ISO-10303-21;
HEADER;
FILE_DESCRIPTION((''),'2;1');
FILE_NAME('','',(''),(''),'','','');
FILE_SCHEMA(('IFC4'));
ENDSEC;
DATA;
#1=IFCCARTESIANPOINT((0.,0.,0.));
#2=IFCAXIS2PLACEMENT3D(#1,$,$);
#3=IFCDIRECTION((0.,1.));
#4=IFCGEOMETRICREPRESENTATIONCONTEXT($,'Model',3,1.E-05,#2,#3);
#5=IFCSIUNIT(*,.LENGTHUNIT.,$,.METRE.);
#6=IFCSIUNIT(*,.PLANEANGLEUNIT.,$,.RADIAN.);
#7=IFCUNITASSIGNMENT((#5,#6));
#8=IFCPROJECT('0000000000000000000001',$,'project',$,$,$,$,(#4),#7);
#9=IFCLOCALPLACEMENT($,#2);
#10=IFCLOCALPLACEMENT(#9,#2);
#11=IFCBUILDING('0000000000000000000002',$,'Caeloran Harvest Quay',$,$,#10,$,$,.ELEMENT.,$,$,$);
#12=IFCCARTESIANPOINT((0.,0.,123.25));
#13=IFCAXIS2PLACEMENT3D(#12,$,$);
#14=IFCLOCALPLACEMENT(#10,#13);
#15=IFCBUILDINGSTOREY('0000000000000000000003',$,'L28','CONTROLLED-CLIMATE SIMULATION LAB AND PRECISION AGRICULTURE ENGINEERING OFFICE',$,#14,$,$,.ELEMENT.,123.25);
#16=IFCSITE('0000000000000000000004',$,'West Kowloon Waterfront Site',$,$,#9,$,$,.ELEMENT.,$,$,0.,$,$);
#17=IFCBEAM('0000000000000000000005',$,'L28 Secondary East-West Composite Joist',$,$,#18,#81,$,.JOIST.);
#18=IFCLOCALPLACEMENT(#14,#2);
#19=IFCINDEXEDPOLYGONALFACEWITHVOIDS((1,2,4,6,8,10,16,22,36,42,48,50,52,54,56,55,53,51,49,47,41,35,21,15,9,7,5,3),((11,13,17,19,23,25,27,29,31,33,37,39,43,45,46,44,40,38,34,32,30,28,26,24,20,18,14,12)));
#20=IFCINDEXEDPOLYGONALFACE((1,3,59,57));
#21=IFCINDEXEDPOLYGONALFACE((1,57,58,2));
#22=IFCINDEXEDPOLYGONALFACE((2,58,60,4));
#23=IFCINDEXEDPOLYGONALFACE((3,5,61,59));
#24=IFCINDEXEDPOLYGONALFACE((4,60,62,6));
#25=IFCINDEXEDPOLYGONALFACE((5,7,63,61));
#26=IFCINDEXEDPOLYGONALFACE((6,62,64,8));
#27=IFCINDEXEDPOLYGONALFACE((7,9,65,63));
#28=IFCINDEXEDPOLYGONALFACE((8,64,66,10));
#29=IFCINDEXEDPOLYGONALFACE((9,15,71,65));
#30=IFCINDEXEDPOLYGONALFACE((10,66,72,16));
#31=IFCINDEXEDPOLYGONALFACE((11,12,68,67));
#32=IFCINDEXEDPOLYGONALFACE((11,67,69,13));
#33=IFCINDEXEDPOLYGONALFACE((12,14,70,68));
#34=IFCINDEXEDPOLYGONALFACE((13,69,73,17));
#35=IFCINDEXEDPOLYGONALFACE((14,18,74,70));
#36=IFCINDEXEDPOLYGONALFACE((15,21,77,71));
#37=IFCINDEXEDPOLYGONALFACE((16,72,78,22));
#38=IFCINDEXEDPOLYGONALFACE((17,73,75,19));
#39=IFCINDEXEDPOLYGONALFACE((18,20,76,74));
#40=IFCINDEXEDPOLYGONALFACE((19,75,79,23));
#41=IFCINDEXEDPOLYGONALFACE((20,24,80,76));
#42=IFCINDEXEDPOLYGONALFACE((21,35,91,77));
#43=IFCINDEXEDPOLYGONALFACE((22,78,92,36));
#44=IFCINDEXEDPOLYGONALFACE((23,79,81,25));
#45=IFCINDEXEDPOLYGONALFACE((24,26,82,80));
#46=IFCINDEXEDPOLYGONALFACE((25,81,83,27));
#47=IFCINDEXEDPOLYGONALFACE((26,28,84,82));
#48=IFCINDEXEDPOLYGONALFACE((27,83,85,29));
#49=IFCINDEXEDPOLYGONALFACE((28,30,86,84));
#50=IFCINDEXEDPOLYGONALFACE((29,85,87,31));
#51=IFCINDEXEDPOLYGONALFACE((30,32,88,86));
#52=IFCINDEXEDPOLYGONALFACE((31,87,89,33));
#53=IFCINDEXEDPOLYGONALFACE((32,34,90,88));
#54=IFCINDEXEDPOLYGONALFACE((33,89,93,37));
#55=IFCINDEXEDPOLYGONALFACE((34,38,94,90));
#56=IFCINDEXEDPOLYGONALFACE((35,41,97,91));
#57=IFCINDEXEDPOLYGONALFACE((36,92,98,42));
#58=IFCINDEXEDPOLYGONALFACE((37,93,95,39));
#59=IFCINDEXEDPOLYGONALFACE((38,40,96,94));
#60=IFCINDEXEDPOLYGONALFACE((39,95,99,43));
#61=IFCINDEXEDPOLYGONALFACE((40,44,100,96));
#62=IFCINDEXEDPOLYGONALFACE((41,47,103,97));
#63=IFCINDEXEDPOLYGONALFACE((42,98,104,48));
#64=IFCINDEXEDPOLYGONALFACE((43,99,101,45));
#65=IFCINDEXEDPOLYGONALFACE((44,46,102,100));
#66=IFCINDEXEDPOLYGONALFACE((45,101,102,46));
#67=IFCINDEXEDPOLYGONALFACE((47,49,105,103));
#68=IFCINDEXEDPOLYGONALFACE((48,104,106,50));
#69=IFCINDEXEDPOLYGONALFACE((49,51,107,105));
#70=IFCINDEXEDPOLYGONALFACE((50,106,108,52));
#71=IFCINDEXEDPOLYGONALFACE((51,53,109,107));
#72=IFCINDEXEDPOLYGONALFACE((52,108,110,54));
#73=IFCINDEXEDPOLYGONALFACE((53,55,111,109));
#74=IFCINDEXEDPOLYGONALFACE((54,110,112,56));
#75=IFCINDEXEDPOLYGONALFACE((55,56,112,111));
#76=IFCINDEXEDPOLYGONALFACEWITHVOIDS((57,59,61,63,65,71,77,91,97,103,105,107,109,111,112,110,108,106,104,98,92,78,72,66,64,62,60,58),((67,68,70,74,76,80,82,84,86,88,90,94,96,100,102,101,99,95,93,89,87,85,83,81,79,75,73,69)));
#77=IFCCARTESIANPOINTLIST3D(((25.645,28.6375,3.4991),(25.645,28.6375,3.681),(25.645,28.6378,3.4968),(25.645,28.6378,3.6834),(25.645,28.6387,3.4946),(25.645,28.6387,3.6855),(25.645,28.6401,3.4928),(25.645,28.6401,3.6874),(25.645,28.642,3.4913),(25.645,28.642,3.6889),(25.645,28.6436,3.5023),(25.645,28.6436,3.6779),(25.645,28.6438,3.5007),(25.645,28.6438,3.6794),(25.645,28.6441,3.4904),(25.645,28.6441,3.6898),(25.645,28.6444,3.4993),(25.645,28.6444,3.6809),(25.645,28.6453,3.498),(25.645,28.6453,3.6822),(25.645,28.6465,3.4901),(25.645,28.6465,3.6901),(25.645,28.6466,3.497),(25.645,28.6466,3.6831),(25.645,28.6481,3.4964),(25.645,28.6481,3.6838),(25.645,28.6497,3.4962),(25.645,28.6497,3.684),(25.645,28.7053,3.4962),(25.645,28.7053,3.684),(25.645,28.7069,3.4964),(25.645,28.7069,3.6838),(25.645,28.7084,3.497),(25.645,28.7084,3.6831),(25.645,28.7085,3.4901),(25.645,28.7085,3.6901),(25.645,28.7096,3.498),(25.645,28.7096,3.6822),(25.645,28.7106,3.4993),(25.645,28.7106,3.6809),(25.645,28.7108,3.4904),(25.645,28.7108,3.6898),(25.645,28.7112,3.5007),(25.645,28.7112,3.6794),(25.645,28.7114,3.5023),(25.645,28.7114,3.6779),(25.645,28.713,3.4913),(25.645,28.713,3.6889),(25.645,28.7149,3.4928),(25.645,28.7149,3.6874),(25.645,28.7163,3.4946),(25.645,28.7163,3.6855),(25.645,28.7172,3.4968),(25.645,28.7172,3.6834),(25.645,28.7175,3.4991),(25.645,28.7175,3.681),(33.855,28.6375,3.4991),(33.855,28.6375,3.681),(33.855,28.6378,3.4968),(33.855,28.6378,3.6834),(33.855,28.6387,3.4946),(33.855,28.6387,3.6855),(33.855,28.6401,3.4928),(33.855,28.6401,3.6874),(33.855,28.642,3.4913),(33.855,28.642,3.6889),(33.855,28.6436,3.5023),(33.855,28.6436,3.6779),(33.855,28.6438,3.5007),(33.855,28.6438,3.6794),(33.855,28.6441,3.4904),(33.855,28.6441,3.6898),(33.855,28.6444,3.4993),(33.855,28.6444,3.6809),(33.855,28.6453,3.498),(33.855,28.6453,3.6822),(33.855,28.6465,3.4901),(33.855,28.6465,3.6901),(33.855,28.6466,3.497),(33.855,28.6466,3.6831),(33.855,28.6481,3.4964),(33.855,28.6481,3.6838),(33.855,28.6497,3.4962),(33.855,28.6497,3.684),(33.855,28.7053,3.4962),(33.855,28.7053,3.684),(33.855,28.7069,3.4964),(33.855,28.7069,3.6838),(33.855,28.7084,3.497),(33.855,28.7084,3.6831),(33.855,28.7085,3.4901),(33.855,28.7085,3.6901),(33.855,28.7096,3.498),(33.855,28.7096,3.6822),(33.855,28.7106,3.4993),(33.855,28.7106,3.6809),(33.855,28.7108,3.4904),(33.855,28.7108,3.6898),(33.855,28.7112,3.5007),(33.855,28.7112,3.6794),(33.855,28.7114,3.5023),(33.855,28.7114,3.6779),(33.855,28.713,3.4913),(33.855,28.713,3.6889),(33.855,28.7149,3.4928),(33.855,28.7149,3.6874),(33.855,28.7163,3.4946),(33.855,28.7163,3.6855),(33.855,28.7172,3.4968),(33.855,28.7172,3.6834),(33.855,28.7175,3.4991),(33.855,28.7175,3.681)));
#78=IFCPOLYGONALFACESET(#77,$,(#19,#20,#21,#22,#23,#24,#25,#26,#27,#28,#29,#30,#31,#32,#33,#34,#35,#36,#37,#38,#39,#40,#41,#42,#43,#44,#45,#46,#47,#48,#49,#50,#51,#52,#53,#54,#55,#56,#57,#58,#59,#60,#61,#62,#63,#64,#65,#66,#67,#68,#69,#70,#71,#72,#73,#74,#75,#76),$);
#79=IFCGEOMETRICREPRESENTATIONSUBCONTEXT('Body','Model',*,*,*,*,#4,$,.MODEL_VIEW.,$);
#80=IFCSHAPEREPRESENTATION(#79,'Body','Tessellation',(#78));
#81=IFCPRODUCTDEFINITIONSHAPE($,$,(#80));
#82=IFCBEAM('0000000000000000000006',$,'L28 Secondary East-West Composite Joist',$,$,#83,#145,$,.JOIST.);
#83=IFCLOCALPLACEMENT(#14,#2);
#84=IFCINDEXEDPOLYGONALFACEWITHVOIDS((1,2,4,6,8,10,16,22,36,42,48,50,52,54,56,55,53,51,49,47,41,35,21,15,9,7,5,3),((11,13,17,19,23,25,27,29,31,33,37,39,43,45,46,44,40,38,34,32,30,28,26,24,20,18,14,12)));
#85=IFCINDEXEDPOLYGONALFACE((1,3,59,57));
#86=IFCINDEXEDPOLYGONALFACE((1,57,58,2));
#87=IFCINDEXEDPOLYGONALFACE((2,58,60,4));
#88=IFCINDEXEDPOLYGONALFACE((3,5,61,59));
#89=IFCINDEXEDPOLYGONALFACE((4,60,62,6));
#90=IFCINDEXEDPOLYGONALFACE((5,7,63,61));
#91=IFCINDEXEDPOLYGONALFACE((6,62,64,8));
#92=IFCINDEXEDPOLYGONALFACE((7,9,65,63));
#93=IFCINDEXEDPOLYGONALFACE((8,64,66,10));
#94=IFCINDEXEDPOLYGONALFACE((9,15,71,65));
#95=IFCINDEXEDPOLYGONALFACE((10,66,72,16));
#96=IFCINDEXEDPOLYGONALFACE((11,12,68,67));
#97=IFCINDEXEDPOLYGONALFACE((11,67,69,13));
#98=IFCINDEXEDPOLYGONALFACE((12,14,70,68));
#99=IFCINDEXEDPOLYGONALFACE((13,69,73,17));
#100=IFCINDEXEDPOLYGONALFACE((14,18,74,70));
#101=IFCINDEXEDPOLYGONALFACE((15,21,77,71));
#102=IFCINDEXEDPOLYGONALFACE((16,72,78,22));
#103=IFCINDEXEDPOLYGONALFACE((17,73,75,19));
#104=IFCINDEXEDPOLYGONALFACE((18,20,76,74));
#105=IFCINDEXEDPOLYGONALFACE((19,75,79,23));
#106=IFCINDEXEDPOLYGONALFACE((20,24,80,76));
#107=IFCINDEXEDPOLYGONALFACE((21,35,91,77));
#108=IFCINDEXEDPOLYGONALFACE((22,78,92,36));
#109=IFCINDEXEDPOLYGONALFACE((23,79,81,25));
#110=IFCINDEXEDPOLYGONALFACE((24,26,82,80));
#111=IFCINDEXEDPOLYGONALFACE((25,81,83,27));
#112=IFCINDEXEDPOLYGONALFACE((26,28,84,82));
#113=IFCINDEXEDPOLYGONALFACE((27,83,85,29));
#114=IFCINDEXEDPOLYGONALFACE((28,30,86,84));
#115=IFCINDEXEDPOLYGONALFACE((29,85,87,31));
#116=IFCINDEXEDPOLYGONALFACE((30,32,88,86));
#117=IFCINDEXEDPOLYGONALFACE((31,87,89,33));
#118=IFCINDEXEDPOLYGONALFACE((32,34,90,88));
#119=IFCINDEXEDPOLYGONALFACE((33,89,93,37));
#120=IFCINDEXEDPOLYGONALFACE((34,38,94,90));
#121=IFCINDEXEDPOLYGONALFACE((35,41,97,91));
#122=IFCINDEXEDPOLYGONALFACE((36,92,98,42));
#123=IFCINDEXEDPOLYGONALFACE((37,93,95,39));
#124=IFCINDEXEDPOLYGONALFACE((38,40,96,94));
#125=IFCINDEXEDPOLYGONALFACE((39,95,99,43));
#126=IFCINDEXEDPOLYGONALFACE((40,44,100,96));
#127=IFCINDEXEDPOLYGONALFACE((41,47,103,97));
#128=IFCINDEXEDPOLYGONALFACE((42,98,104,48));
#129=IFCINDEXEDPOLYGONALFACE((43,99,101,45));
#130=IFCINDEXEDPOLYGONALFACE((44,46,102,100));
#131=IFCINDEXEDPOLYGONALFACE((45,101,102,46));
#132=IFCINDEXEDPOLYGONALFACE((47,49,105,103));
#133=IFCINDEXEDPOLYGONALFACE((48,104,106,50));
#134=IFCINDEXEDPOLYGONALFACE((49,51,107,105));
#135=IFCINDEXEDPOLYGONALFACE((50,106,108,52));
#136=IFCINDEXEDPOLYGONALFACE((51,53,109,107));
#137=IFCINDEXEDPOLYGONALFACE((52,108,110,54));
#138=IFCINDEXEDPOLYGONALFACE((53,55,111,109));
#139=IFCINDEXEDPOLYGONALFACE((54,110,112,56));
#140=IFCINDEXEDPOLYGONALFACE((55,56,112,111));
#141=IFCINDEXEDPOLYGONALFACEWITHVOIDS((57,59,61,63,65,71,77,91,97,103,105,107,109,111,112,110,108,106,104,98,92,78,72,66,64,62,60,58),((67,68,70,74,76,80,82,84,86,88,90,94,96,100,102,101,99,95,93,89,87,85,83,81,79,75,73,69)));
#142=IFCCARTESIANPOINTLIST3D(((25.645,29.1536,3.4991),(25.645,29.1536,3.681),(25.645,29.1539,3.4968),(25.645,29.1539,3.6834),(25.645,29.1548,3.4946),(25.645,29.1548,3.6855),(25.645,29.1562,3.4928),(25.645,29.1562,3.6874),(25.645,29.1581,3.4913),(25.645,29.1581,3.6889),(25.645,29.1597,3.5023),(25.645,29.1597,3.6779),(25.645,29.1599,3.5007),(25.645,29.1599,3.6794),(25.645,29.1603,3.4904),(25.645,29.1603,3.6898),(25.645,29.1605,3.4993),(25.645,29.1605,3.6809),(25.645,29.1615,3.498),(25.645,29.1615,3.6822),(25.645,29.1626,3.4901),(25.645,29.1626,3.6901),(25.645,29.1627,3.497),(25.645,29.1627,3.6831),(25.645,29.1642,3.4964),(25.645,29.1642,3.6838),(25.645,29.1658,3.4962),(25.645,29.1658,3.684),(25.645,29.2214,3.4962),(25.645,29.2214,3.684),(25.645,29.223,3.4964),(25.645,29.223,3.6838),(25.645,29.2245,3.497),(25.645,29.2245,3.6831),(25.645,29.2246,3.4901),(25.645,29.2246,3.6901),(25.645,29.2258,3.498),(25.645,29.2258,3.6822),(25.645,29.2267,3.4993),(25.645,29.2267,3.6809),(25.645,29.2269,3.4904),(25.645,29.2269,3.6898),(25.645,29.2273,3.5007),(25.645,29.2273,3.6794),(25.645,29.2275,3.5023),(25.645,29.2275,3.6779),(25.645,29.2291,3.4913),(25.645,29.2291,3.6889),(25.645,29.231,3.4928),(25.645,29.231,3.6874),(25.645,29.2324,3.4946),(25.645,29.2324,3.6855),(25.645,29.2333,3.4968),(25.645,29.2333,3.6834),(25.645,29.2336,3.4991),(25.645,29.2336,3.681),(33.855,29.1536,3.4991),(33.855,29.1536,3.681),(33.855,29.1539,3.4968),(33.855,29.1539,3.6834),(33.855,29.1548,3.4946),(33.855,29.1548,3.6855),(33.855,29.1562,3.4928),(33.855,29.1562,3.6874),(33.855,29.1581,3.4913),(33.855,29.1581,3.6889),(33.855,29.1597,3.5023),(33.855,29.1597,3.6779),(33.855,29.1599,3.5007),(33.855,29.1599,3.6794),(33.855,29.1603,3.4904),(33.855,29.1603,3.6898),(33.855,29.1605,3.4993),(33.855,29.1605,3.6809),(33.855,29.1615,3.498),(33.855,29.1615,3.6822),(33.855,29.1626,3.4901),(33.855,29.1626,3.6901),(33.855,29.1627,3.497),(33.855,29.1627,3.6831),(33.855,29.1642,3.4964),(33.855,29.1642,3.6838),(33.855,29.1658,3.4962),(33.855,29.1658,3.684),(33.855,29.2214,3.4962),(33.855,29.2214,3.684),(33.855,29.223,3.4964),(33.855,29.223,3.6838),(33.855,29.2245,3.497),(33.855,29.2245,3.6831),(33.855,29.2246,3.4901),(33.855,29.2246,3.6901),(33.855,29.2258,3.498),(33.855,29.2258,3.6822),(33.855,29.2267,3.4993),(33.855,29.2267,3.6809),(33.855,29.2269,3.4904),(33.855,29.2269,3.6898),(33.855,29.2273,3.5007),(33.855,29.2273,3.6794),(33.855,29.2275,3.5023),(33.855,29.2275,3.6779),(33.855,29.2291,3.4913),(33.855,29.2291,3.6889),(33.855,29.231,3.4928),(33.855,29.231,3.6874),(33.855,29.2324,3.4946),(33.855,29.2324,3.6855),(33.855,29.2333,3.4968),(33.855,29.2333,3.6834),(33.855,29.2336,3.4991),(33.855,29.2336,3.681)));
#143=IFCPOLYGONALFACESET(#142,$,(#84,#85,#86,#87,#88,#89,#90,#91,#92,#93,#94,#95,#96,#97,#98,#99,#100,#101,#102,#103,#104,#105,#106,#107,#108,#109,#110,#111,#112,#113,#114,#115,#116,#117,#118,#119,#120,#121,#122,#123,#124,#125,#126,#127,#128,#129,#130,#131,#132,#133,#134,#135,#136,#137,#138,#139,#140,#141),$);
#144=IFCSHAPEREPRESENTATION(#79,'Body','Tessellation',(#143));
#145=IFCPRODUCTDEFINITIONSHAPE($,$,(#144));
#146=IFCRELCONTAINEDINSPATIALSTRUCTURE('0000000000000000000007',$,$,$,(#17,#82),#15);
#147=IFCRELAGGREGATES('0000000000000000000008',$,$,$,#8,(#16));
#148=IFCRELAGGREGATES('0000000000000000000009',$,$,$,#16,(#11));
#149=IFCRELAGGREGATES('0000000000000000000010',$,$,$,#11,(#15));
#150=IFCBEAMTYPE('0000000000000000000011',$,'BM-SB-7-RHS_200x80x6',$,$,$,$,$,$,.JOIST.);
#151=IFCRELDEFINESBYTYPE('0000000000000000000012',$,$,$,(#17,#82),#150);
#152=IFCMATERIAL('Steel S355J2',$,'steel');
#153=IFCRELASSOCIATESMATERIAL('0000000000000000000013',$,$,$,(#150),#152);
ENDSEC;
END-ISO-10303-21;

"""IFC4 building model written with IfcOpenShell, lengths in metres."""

from ifc_helpers import new_model, si_unit, direction, frame, origin, origin_2d, place, context, subcontext, project, spatial, hollow_rectangle, extrude, material, material_profile, profile_set, type_object, element, save


model = new_model("IFC4")

# Units and contexts
model_context = context("Model", 3, precision=1e-05, world=origin(), true_north=direction((0.0, 1.0)))
body_context = subcontext(model_context, "Body", "Model", "MODEL_VIEW")
ifc_project = project(units=[si_unit("LENGTHUNIT", "METRE"), si_unit("PLANEANGLEUNIT", "RADIAN")], contexts=[model_context])

# Site, building, storey
site_placement = place(None, origin())
site = spatial("IfcSite", under=ifc_project, at=site_placement, Name="West Kowloon Waterfront Site", CompositionType="ELEMENT", RefElevation=0.0)
building_placement = place(site_placement, origin())
building = spatial("IfcBuilding", under=site, at=building_placement, Name="Caeloran Harvest Quay", CompositionType="ELEMENT")
storey_placement = place(building_placement, frame((0.0, 0.0, 123.25)))
storey = spatial("IfcBuildingStorey", under=building, at=storey_placement, Name="L28", Description="CONTROLLED-CLIMATE SIMULATION LAB AND PRECISION AGRICULTURE ENGINEERING OFFICE", CompositionType="ELEMENT", Elevation=123.25)

# Beams
ifc_material = material(Name="Steel S355J2", Category="steel")
ifc_material_profile_1 = material_profile(ifc_material, hollow_rectangle(XDim=0.0801, YDim=0.2, WallThickness=0.0061, InnerFilletRadius=0.0061, OuterFilletRadius=0.009, at=origin_2d()), Name="RHS 200x80x6")
ifc_profile_set_1 = profile_set([ifc_material_profile_1], Name="Steel S355J2")
beam_type_1 = type_object("IfcBeamType", Name="BM-SB-7-RHS_200x80x6", PredefinedType="JOIST", material=ifc_profile_set_1)
for number, where, z_axis, x_axis, name in (
    (1, (25.645, 28.6775, 3.5901), (1.0, 0.0, 0.0), (0.0, 1.0, 0.0), "L28 Secondary East-West Composite Joist"),
    (2, (25.645, 29.1936, 3.5901), (1.0, 0.0, 0.0), (0.0, 1.0, 0.0), "L28 Secondary East-West Composite Joist"),
):
    element("IfcBeam", number, at=place(storey_placement, frame(where, z_axis=z_axis, x_axis=x_axis)), inside=storey, type_object=beam_type_1, Name=name, PredefinedType="JOIST", context=body_context, shape_type="SweptSolid", body=[
        extrude(hollow_rectangle(XDim=0.0801, YDim=0.2, WallThickness=0.0061, InnerFilletRadius=0.0061, OuterFilletRadius=0.009, at=origin_2d()), origin(), (0.0, 0.0, 1.0), 8.21),
    ])

save(model, "model.ifc")
